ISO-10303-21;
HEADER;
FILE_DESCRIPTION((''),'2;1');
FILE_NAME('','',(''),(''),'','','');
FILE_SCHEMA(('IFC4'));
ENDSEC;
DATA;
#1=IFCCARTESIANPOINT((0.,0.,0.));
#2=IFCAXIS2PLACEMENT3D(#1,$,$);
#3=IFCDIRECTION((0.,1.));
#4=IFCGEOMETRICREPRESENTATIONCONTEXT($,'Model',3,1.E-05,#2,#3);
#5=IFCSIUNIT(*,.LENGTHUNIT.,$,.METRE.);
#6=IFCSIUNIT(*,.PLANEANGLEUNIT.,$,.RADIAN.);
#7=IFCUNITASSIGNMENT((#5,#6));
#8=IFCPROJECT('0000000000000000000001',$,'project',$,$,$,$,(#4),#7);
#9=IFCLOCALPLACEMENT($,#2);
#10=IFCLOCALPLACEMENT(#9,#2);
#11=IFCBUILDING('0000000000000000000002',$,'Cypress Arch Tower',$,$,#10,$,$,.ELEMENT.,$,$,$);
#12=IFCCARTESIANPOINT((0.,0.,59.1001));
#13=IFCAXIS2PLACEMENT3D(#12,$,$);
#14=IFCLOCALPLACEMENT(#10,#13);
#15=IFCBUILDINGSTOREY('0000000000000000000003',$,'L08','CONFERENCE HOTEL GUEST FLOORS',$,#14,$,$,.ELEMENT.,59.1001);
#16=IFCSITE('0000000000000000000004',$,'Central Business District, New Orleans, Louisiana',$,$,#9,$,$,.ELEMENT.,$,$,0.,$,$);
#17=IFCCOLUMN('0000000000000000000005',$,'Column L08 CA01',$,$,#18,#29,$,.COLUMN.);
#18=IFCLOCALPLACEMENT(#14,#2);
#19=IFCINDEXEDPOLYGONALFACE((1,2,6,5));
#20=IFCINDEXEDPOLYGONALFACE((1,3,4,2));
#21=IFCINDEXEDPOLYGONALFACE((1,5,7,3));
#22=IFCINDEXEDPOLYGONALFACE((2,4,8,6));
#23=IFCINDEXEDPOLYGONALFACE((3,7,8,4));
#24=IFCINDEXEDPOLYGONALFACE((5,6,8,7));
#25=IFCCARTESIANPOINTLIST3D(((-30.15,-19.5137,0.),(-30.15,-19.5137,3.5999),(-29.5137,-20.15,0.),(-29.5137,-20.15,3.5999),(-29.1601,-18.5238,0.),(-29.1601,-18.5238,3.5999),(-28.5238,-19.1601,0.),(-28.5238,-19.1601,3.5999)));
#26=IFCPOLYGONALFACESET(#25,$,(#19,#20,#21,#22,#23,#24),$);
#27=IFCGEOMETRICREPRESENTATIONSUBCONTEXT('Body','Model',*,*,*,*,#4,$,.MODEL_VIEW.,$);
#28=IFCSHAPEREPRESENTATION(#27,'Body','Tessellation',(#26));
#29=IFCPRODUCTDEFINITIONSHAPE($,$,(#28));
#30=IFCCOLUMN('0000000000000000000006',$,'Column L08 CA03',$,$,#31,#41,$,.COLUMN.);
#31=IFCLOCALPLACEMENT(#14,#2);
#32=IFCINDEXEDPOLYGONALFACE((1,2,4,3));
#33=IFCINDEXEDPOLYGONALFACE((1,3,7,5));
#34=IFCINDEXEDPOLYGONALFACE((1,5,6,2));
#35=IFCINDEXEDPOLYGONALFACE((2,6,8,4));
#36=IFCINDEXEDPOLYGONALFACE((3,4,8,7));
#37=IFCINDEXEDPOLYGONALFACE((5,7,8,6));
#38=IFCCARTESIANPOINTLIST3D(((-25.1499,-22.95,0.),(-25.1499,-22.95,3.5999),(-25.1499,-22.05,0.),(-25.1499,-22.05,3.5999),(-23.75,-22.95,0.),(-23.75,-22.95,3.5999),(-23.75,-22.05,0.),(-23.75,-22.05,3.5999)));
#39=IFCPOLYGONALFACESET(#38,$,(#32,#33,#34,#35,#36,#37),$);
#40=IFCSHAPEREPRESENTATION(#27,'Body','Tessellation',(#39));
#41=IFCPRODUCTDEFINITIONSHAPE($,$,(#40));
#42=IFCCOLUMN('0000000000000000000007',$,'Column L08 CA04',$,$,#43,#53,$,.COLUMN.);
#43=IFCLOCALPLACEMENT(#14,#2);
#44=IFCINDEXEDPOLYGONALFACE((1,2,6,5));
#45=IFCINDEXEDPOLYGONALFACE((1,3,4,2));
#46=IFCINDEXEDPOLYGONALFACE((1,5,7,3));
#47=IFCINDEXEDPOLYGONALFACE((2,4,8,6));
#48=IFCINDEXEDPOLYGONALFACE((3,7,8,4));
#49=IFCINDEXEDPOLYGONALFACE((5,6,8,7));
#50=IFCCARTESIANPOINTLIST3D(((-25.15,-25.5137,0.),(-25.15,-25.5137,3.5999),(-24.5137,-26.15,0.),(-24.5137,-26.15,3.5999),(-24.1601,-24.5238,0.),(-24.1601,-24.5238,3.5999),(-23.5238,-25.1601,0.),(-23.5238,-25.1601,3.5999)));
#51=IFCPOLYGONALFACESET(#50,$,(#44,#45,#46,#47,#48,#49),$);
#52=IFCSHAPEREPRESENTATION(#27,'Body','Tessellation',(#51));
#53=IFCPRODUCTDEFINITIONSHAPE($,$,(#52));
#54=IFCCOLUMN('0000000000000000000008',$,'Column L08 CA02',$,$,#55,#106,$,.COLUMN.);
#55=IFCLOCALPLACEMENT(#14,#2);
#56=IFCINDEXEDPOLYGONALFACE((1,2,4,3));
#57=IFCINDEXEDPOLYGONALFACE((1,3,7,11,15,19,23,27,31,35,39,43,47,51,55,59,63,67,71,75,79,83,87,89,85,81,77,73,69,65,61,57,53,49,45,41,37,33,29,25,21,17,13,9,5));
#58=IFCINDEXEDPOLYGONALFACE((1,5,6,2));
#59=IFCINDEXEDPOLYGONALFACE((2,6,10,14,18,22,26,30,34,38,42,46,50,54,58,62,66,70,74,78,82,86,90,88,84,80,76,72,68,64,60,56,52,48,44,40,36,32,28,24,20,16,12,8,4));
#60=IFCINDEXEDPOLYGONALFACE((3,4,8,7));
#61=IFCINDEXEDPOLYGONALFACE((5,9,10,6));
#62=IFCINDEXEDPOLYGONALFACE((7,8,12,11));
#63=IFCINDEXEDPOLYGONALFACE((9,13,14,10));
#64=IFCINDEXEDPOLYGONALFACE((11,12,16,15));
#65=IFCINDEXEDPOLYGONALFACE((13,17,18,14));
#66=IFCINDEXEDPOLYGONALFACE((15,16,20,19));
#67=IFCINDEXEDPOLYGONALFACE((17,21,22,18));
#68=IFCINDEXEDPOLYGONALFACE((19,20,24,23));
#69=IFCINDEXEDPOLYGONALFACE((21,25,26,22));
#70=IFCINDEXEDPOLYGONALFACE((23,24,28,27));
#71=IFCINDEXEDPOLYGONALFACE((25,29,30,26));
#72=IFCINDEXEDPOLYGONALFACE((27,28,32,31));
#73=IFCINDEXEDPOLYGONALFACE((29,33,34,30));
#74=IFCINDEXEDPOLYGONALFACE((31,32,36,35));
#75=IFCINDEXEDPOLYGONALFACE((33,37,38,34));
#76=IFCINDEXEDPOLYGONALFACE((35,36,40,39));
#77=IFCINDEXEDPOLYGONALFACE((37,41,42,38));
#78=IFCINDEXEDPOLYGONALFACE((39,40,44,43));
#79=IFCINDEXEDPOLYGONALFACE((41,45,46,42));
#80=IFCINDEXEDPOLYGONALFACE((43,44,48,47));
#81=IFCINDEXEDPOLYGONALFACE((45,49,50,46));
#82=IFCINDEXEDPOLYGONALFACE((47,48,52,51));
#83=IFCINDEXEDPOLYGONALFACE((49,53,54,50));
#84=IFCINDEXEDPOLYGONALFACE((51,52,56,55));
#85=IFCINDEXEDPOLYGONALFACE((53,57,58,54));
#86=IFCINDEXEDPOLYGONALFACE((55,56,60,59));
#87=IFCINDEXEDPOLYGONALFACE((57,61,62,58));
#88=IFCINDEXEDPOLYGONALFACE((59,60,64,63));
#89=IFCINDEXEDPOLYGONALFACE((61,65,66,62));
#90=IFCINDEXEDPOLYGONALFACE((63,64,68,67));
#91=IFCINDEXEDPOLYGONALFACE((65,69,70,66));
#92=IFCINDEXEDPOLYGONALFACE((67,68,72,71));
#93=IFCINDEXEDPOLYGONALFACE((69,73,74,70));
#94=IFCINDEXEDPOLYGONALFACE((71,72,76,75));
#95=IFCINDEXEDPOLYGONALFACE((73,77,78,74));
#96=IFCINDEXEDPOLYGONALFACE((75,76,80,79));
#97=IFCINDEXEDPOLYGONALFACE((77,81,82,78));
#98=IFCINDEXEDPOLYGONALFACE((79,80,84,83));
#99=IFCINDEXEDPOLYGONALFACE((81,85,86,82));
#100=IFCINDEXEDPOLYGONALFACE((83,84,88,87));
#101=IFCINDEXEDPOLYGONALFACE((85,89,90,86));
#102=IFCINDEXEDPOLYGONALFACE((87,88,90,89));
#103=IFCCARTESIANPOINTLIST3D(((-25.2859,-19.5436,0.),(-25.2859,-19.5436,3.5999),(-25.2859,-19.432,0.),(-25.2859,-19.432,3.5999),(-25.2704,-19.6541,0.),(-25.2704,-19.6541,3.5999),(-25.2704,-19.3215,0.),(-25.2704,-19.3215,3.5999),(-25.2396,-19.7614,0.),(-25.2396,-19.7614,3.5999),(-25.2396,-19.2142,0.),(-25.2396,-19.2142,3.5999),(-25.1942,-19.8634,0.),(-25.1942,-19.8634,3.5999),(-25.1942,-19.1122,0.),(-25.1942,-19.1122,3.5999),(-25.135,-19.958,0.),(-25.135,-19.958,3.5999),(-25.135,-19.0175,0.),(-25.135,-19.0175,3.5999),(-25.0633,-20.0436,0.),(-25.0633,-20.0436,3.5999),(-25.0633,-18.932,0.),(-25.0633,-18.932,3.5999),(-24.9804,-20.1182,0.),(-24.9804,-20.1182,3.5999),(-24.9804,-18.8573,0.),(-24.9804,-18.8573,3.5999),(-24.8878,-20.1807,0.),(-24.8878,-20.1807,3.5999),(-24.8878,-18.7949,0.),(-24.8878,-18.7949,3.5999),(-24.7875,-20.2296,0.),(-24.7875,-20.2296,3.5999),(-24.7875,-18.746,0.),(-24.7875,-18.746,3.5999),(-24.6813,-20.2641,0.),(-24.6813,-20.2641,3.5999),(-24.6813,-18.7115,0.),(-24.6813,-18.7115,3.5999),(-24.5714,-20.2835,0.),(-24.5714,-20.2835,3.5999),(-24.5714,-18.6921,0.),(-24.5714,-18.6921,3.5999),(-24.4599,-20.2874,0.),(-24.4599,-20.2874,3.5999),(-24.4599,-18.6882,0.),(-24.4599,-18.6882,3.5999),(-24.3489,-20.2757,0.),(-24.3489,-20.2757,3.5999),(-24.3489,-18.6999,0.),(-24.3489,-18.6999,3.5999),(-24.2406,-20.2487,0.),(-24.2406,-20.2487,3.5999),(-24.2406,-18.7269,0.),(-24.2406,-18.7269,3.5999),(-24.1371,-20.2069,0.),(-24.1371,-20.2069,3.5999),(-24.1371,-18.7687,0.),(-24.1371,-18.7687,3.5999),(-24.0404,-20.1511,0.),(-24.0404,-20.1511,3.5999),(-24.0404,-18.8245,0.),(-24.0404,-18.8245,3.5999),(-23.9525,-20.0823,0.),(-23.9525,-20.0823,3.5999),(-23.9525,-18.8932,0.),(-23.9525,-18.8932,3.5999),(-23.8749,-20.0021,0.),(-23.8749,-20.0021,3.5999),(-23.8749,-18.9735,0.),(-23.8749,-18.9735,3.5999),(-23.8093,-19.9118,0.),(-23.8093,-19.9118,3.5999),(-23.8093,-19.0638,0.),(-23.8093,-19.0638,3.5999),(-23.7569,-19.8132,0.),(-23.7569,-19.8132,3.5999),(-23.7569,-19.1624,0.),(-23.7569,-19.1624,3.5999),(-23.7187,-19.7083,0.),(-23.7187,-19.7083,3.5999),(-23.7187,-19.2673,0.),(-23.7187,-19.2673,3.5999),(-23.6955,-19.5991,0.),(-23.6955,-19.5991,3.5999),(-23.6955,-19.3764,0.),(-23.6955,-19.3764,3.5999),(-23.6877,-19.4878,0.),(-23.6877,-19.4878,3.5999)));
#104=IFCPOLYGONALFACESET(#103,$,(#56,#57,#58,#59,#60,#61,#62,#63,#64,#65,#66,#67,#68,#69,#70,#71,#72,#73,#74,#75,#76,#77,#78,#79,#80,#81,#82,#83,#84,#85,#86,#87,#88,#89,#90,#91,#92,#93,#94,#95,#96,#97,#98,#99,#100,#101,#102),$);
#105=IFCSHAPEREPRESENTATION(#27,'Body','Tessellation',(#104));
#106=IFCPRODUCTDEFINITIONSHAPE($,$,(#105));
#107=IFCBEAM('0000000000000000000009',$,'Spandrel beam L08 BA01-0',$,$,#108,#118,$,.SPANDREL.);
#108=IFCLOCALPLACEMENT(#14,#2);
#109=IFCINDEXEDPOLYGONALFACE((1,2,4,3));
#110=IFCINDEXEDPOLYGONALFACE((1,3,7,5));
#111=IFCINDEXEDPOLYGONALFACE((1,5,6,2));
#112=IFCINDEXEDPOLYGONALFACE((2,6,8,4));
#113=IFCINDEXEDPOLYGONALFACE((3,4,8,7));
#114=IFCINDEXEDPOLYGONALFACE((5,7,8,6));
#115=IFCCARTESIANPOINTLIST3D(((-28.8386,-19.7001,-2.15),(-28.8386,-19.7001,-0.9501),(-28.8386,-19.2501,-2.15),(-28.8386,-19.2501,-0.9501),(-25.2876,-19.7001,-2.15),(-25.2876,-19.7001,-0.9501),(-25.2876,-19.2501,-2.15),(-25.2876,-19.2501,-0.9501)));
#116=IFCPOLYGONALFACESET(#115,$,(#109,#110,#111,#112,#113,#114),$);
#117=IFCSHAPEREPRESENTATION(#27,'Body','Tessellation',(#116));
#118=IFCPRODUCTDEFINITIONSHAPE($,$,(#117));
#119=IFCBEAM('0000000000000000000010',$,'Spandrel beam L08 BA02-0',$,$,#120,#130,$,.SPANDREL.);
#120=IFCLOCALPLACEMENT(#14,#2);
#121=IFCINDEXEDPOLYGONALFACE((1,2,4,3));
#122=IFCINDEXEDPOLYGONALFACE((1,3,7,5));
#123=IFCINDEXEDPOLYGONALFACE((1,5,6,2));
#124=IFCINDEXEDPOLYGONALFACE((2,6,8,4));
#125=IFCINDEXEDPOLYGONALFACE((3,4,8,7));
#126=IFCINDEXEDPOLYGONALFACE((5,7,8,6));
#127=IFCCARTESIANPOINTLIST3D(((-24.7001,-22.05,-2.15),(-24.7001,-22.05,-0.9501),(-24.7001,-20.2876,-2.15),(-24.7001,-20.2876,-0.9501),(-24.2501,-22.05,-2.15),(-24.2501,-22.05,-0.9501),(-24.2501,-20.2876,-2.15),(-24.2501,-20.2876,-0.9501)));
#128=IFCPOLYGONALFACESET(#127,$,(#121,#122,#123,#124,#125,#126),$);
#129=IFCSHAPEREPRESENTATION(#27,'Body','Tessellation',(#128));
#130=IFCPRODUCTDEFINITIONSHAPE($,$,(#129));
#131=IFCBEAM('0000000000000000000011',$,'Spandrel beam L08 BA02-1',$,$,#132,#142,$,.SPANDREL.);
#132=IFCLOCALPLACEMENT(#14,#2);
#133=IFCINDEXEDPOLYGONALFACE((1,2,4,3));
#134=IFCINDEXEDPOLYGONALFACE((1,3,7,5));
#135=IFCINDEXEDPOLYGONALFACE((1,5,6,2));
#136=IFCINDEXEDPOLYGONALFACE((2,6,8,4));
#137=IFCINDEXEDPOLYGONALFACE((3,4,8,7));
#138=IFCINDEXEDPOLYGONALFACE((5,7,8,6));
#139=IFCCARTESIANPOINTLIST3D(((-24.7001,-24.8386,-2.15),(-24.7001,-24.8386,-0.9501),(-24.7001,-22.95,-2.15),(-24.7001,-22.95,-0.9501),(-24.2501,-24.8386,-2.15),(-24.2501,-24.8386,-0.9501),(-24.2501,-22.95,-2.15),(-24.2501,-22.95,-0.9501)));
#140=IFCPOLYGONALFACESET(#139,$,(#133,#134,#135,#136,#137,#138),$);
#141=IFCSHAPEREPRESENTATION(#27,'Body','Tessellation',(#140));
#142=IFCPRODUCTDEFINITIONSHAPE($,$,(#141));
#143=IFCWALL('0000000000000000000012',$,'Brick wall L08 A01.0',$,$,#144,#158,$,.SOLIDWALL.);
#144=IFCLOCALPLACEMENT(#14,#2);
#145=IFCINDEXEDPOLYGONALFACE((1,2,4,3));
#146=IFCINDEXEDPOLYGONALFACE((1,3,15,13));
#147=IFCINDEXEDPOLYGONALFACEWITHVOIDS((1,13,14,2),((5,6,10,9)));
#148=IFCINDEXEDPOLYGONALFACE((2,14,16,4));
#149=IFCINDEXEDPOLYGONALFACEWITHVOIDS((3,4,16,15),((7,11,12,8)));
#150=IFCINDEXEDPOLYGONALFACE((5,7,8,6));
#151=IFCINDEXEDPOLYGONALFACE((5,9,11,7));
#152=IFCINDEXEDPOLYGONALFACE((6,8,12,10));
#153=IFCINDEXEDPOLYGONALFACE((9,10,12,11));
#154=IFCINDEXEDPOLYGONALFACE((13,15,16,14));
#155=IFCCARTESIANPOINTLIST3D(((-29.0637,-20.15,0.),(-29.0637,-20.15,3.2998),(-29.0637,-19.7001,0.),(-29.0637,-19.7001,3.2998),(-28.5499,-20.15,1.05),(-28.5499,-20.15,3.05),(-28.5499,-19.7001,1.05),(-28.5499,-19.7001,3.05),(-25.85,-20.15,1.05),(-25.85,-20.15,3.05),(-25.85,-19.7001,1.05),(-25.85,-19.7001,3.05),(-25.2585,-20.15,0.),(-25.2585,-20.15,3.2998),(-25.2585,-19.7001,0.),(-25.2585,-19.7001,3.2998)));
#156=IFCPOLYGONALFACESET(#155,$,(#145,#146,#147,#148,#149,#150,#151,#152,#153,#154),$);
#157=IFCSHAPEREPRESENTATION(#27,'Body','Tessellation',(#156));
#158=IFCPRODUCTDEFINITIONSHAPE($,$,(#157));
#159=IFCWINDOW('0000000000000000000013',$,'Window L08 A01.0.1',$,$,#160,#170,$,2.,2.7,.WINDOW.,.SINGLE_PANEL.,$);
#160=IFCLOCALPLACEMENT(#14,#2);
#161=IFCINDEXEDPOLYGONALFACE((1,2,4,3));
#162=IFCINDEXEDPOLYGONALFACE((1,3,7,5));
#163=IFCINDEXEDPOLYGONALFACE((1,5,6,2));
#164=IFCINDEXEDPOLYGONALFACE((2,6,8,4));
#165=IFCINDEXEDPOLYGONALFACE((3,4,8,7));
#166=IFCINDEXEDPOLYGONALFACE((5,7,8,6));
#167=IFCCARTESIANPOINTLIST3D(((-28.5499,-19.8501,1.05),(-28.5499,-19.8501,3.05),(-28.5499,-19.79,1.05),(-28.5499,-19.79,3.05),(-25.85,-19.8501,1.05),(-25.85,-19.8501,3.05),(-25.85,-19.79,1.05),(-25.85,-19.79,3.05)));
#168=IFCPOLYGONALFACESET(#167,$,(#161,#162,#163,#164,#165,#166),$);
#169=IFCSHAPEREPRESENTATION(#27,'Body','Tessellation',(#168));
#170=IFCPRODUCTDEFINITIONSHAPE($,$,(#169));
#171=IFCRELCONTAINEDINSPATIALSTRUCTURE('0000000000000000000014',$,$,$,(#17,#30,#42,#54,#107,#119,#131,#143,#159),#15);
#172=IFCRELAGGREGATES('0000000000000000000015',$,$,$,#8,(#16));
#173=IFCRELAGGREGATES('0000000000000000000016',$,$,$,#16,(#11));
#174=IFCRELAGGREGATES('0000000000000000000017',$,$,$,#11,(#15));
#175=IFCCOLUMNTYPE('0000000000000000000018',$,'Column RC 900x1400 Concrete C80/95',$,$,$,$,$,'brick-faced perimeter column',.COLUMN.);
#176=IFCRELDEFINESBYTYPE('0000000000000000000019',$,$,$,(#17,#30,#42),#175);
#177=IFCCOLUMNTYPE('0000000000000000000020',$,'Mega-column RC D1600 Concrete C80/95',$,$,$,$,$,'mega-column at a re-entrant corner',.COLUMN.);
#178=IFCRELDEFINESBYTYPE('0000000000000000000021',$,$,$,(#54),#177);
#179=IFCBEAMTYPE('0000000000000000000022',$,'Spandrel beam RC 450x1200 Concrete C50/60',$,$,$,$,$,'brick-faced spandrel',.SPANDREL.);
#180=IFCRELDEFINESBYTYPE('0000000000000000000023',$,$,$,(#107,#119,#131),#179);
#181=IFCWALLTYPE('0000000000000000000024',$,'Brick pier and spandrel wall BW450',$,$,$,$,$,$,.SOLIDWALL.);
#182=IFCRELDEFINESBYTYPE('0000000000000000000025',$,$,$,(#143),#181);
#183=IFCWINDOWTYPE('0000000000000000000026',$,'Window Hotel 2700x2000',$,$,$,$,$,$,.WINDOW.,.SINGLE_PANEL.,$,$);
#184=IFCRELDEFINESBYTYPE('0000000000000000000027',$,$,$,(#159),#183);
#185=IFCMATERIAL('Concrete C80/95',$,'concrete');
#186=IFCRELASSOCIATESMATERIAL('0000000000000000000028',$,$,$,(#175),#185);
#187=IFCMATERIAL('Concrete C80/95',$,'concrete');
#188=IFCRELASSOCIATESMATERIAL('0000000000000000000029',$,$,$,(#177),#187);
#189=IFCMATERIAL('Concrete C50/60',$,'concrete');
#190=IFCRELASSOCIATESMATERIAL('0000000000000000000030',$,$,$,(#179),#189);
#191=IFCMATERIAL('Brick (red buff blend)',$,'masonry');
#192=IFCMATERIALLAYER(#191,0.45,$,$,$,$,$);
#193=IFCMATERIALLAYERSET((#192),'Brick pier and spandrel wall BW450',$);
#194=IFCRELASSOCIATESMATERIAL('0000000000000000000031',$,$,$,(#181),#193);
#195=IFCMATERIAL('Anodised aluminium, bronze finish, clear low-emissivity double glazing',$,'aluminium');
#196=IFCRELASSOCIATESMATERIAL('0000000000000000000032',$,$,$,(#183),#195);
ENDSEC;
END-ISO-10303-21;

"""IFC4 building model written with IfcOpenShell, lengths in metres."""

from ifc_helpers import new_model, si_unit, direction, frame, frame_2d, origin, origin_2d, place, context, subcontext, project, spatial, rectangle, circle, extrude, material, layer, layer_set, material_profile, profile_set, type_object, element, fill, save


model = new_model("IFC4")

# Units and contexts
model_context = context("Model", 3, precision=1e-05, world=origin(), true_north=direction((0.0, 1.0)))
body_context = subcontext(model_context, "Body", "Model", "MODEL_VIEW")
ifc_project = project(units=[si_unit("LENGTHUNIT", "METRE"), si_unit("PLANEANGLEUNIT", "RADIAN")], contexts=[model_context])

# Site, building, storey
site_placement = place(None, origin())
site = spatial("IfcSite", under=ifc_project, at=site_placement, Name="Central Business District, New Orleans, Louisiana", CompositionType="ELEMENT", RefElevation=0.0)
building_placement = place(site_placement, origin())
building = spatial("IfcBuilding", under=site, at=building_placement, Name="Cypress Arch Tower", CompositionType="ELEMENT")
storey_placement = place(building_placement, frame((0.0, 0.0, 59.1001)))
storey = spatial("IfcBuildingStorey", under=building, at=storey_placement, Name="L08", Description="CONFERENCE HOTEL GUEST FLOORS", CompositionType="ELEMENT", Elevation=59.1001)

# Columns
ifc_material_1 = material(Name="Concrete C80/95", Category="concrete")
ifc_material_profile_1 = material_profile(ifc_material_1, rectangle(XDim=0.8999, YDim=1.3999, at=origin_2d()), Name="RC 900x1400")
ifc_profile_set_1 = profile_set([ifc_material_profile_1], Name="Concrete C80/95")
column_type_1 = type_object("IfcColumnType", Name="Column RC 900x1400 Concrete C80/95", ElementType="brick-faced perimeter column", PredefinedType="COLUMN", material=ifc_profile_set_1)
for number, where, z_axis, x_axis, name in (
    (1, (-29.3369, -19.3369, 0.0), (0.0, 0.0, 1.0), (0.707107, -0.707107, 0.0), "Column L08 CA01"),
    (2, (-24.45, -22.5, 0.0), (0.0, 0.0, 1.0), (0.0, -1.0, 0.0), "Column L08 CA03"),
    (3, (-24.3369, -25.3369, 0.0), (0.0, 0.0, 1.0), (0.707107, -0.707107, 0.0), "Column L08 CA04"),
):
    element("IfcColumn", number, at=place(storey_placement, frame(where, z_axis=z_axis, x_axis=x_axis)), inside=storey, type_object=column_type_1, Name=name, PredefinedType="COLUMN", context=body_context, shape_type="SweptSolid", body=[
        extrude(rectangle(XDim=0.8999, YDim=1.3999, at=origin_2d()), origin(), (0.0, 0.0, 1.0), 3.5999),
    ])
ifc_material_2 = material(Name="Concrete C80/95", Category="concrete")
ifc_material_profile_2 = material_profile(ifc_material_2, circle(Radius=0.8, at=origin_2d()), Name="RC D1600")
ifc_profile_set_2 = profile_set([ifc_material_profile_2], Name="Concrete C80/95")
column_type_2 = type_object("IfcColumnType", Name="Mega-column RC D1600 Concrete C80/95", ElementType="mega-column at a re-entrant corner", PredefinedType="COLUMN", material=ifc_profile_set_2)
column_placement = place(storey_placement, frame((-24.4878, -19.4878, 0.0), z_axis=(0.0, 0.0, 1.0), x_axis=(1.0, 0.0, 0.0)))
element("IfcColumn", 4, at=column_placement, inside=storey, type_object=column_type_2, Name="Column L08 CA02", PredefinedType="COLUMN", context=body_context, shape_type="SweptSolid", body=[
    extrude(circle(Radius=0.8, at=origin_2d()), origin(), (0.0, 0.0, 1.0), 3.5999),
])

# Beams
ifc_material_3 = material(Name="Concrete C50/60", Category="concrete")
ifc_material_profile_3 = material_profile(ifc_material_3, rectangle(XDim=0.45, YDim=1.2, at=origin_2d()), Name="RC 450x1200")
ifc_profile_set_3 = profile_set([ifc_material_profile_3], Name="Concrete C50/60")
beam_type = type_object("IfcBeamType", Name="Spandrel beam RC 450x1200 Concrete C50/60", ElementType="brick-faced spandrel", PredefinedType="SPANDREL", material=ifc_profile_set_3)
beam_1_placement = place(storey_placement, frame((-28.8386, -19.4751, -1.55), z_axis=(1.0, 0.0, 0.0), x_axis=(0.0, 1.0, 0.0)))
element("IfcBeam", 5, at=beam_1_placement, inside=storey, type_object=beam_type, Name="Spandrel beam L08 BA01-0", PredefinedType="SPANDREL", context=body_context, shape_type="SweptSolid", body=[
    extrude(rectangle(XDim=0.45, YDim=1.2, at=origin_2d()), origin(), (0.0, 0.0, 1.0), 3.551),
])
beam_2_placement = place(storey_placement, frame((-24.4751, -20.2876, -1.55), z_axis=(0.0, -1.0, 0.0), x_axis=(1.0, 0.0, 0.0)))
element("IfcBeam", 6, at=beam_2_placement, inside=storey, type_object=beam_type, Name="Spandrel beam L08 BA02-0", PredefinedType="SPANDREL", context=body_context, shape_type="SweptSolid", body=[
    extrude(rectangle(XDim=0.45, YDim=1.2, at=origin_2d()), origin(), (0.0, 0.0, 1.0), 1.7625),
])
beam_3_placement = place(storey_placement, frame((-24.4751, -22.95, -1.55), z_axis=(0.0, -1.0, 0.0), x_axis=(1.0, 0.0, 0.0)))
element("IfcBeam", 7, at=beam_3_placement, inside=storey, type_object=beam_type, Name="Spandrel beam L08 BA02-1", PredefinedType="SPANDREL", context=body_context, shape_type="SweptSolid", body=[
    extrude(rectangle(XDim=0.45, YDim=1.2, at=origin_2d()), origin(), (0.0, 0.0, 1.0), 1.8887),
])

# Wall, opening, window
ifc_material_4 = material(Name="Brick (red buff blend)", Category="masonry")
ifc_layer_1 = layer(ifc_material_4, 0.45)
ifc_layer_set_1 = layer_set([ifc_layer_1], Name="Brick pier and spandrel wall BW450")
wall_type_1 = type_object("IfcWallType", Name="Brick pier and spandrel wall BW450", PredefinedType="SOLIDWALL", material=ifc_layer_set_1)
wall_1_placement = place(storey_placement, frame((-29.0637, -19.925, 0.0), z_axis=(0.0, 0.0, 1.0), x_axis=(1.0, 0.0, 0.0)))
wall_1 = element("IfcWall", 8, at=wall_1_placement, inside=storey, type_object=wall_type_1, Name="Brick wall L08 A01.0", PredefinedType="SOLIDWALL", context=body_context, shape_type="SweptSolid", body=[
    extrude(rectangle(XDim=3.8052, YDim=0.45, at=frame_2d((1.9026, 0.0))), origin(), (0.0, 0.0, 1.0), 3.2998),
])
opening_1_placement = place(wall_1_placement, frame((0.5137, 0.0, 1.05)))
opening_1 = element("IfcOpeningElement", 9, at=opening_1_placement, cuts=wall_1, PredefinedType="OPENING", context=body_context, shape_type="SweptSolid", body=[
    extrude(rectangle(XDim=2.7, YDim=2.0, at=frame_2d((1.3501, 1.0))), frame((0.0, 0.2349, 0.0), z_axis=(0.0, -1.0, 0.0), x_axis=(1.0, 0.0, 0.0)), (0.0, 0.0, 1.0), 0.47),
])
ifc_material_5 = material(Name="Anodised aluminium, bronze finish, clear low-emissivity double glazing", Category="aluminium")
window_type_1 = type_object("IfcWindowType", Name="Window Hotel 2700x2000", PartitioningType="SINGLE_PANEL", PredefinedType="WINDOW", material=ifc_material_5)
window_1_placement = place(opening_1_placement, origin())
window_1 = element("IfcWindow", 10, at=window_1_placement, inside=storey, type_object=window_type_1, Name="Window L08 A01.0.1", OverallHeight=2.0, OverallWidth=2.7, PartitioningType="SINGLE_PANEL", PredefinedType="WINDOW", context=body_context, shape_type="SweptSolid", body=[
    extrude(rectangle(XDim=2.7, YDim=2.0, at=frame_2d((1.3501, 1.0))), frame((0.0, 0.135, 0.0), z_axis=(0.0, -1.0, 0.0), x_axis=(1.0, 0.0, 0.0)), (0.0, 0.0, 1.0), 0.0601),
])
fill(opening_1, window_1)

save(model, "model.ifc")
